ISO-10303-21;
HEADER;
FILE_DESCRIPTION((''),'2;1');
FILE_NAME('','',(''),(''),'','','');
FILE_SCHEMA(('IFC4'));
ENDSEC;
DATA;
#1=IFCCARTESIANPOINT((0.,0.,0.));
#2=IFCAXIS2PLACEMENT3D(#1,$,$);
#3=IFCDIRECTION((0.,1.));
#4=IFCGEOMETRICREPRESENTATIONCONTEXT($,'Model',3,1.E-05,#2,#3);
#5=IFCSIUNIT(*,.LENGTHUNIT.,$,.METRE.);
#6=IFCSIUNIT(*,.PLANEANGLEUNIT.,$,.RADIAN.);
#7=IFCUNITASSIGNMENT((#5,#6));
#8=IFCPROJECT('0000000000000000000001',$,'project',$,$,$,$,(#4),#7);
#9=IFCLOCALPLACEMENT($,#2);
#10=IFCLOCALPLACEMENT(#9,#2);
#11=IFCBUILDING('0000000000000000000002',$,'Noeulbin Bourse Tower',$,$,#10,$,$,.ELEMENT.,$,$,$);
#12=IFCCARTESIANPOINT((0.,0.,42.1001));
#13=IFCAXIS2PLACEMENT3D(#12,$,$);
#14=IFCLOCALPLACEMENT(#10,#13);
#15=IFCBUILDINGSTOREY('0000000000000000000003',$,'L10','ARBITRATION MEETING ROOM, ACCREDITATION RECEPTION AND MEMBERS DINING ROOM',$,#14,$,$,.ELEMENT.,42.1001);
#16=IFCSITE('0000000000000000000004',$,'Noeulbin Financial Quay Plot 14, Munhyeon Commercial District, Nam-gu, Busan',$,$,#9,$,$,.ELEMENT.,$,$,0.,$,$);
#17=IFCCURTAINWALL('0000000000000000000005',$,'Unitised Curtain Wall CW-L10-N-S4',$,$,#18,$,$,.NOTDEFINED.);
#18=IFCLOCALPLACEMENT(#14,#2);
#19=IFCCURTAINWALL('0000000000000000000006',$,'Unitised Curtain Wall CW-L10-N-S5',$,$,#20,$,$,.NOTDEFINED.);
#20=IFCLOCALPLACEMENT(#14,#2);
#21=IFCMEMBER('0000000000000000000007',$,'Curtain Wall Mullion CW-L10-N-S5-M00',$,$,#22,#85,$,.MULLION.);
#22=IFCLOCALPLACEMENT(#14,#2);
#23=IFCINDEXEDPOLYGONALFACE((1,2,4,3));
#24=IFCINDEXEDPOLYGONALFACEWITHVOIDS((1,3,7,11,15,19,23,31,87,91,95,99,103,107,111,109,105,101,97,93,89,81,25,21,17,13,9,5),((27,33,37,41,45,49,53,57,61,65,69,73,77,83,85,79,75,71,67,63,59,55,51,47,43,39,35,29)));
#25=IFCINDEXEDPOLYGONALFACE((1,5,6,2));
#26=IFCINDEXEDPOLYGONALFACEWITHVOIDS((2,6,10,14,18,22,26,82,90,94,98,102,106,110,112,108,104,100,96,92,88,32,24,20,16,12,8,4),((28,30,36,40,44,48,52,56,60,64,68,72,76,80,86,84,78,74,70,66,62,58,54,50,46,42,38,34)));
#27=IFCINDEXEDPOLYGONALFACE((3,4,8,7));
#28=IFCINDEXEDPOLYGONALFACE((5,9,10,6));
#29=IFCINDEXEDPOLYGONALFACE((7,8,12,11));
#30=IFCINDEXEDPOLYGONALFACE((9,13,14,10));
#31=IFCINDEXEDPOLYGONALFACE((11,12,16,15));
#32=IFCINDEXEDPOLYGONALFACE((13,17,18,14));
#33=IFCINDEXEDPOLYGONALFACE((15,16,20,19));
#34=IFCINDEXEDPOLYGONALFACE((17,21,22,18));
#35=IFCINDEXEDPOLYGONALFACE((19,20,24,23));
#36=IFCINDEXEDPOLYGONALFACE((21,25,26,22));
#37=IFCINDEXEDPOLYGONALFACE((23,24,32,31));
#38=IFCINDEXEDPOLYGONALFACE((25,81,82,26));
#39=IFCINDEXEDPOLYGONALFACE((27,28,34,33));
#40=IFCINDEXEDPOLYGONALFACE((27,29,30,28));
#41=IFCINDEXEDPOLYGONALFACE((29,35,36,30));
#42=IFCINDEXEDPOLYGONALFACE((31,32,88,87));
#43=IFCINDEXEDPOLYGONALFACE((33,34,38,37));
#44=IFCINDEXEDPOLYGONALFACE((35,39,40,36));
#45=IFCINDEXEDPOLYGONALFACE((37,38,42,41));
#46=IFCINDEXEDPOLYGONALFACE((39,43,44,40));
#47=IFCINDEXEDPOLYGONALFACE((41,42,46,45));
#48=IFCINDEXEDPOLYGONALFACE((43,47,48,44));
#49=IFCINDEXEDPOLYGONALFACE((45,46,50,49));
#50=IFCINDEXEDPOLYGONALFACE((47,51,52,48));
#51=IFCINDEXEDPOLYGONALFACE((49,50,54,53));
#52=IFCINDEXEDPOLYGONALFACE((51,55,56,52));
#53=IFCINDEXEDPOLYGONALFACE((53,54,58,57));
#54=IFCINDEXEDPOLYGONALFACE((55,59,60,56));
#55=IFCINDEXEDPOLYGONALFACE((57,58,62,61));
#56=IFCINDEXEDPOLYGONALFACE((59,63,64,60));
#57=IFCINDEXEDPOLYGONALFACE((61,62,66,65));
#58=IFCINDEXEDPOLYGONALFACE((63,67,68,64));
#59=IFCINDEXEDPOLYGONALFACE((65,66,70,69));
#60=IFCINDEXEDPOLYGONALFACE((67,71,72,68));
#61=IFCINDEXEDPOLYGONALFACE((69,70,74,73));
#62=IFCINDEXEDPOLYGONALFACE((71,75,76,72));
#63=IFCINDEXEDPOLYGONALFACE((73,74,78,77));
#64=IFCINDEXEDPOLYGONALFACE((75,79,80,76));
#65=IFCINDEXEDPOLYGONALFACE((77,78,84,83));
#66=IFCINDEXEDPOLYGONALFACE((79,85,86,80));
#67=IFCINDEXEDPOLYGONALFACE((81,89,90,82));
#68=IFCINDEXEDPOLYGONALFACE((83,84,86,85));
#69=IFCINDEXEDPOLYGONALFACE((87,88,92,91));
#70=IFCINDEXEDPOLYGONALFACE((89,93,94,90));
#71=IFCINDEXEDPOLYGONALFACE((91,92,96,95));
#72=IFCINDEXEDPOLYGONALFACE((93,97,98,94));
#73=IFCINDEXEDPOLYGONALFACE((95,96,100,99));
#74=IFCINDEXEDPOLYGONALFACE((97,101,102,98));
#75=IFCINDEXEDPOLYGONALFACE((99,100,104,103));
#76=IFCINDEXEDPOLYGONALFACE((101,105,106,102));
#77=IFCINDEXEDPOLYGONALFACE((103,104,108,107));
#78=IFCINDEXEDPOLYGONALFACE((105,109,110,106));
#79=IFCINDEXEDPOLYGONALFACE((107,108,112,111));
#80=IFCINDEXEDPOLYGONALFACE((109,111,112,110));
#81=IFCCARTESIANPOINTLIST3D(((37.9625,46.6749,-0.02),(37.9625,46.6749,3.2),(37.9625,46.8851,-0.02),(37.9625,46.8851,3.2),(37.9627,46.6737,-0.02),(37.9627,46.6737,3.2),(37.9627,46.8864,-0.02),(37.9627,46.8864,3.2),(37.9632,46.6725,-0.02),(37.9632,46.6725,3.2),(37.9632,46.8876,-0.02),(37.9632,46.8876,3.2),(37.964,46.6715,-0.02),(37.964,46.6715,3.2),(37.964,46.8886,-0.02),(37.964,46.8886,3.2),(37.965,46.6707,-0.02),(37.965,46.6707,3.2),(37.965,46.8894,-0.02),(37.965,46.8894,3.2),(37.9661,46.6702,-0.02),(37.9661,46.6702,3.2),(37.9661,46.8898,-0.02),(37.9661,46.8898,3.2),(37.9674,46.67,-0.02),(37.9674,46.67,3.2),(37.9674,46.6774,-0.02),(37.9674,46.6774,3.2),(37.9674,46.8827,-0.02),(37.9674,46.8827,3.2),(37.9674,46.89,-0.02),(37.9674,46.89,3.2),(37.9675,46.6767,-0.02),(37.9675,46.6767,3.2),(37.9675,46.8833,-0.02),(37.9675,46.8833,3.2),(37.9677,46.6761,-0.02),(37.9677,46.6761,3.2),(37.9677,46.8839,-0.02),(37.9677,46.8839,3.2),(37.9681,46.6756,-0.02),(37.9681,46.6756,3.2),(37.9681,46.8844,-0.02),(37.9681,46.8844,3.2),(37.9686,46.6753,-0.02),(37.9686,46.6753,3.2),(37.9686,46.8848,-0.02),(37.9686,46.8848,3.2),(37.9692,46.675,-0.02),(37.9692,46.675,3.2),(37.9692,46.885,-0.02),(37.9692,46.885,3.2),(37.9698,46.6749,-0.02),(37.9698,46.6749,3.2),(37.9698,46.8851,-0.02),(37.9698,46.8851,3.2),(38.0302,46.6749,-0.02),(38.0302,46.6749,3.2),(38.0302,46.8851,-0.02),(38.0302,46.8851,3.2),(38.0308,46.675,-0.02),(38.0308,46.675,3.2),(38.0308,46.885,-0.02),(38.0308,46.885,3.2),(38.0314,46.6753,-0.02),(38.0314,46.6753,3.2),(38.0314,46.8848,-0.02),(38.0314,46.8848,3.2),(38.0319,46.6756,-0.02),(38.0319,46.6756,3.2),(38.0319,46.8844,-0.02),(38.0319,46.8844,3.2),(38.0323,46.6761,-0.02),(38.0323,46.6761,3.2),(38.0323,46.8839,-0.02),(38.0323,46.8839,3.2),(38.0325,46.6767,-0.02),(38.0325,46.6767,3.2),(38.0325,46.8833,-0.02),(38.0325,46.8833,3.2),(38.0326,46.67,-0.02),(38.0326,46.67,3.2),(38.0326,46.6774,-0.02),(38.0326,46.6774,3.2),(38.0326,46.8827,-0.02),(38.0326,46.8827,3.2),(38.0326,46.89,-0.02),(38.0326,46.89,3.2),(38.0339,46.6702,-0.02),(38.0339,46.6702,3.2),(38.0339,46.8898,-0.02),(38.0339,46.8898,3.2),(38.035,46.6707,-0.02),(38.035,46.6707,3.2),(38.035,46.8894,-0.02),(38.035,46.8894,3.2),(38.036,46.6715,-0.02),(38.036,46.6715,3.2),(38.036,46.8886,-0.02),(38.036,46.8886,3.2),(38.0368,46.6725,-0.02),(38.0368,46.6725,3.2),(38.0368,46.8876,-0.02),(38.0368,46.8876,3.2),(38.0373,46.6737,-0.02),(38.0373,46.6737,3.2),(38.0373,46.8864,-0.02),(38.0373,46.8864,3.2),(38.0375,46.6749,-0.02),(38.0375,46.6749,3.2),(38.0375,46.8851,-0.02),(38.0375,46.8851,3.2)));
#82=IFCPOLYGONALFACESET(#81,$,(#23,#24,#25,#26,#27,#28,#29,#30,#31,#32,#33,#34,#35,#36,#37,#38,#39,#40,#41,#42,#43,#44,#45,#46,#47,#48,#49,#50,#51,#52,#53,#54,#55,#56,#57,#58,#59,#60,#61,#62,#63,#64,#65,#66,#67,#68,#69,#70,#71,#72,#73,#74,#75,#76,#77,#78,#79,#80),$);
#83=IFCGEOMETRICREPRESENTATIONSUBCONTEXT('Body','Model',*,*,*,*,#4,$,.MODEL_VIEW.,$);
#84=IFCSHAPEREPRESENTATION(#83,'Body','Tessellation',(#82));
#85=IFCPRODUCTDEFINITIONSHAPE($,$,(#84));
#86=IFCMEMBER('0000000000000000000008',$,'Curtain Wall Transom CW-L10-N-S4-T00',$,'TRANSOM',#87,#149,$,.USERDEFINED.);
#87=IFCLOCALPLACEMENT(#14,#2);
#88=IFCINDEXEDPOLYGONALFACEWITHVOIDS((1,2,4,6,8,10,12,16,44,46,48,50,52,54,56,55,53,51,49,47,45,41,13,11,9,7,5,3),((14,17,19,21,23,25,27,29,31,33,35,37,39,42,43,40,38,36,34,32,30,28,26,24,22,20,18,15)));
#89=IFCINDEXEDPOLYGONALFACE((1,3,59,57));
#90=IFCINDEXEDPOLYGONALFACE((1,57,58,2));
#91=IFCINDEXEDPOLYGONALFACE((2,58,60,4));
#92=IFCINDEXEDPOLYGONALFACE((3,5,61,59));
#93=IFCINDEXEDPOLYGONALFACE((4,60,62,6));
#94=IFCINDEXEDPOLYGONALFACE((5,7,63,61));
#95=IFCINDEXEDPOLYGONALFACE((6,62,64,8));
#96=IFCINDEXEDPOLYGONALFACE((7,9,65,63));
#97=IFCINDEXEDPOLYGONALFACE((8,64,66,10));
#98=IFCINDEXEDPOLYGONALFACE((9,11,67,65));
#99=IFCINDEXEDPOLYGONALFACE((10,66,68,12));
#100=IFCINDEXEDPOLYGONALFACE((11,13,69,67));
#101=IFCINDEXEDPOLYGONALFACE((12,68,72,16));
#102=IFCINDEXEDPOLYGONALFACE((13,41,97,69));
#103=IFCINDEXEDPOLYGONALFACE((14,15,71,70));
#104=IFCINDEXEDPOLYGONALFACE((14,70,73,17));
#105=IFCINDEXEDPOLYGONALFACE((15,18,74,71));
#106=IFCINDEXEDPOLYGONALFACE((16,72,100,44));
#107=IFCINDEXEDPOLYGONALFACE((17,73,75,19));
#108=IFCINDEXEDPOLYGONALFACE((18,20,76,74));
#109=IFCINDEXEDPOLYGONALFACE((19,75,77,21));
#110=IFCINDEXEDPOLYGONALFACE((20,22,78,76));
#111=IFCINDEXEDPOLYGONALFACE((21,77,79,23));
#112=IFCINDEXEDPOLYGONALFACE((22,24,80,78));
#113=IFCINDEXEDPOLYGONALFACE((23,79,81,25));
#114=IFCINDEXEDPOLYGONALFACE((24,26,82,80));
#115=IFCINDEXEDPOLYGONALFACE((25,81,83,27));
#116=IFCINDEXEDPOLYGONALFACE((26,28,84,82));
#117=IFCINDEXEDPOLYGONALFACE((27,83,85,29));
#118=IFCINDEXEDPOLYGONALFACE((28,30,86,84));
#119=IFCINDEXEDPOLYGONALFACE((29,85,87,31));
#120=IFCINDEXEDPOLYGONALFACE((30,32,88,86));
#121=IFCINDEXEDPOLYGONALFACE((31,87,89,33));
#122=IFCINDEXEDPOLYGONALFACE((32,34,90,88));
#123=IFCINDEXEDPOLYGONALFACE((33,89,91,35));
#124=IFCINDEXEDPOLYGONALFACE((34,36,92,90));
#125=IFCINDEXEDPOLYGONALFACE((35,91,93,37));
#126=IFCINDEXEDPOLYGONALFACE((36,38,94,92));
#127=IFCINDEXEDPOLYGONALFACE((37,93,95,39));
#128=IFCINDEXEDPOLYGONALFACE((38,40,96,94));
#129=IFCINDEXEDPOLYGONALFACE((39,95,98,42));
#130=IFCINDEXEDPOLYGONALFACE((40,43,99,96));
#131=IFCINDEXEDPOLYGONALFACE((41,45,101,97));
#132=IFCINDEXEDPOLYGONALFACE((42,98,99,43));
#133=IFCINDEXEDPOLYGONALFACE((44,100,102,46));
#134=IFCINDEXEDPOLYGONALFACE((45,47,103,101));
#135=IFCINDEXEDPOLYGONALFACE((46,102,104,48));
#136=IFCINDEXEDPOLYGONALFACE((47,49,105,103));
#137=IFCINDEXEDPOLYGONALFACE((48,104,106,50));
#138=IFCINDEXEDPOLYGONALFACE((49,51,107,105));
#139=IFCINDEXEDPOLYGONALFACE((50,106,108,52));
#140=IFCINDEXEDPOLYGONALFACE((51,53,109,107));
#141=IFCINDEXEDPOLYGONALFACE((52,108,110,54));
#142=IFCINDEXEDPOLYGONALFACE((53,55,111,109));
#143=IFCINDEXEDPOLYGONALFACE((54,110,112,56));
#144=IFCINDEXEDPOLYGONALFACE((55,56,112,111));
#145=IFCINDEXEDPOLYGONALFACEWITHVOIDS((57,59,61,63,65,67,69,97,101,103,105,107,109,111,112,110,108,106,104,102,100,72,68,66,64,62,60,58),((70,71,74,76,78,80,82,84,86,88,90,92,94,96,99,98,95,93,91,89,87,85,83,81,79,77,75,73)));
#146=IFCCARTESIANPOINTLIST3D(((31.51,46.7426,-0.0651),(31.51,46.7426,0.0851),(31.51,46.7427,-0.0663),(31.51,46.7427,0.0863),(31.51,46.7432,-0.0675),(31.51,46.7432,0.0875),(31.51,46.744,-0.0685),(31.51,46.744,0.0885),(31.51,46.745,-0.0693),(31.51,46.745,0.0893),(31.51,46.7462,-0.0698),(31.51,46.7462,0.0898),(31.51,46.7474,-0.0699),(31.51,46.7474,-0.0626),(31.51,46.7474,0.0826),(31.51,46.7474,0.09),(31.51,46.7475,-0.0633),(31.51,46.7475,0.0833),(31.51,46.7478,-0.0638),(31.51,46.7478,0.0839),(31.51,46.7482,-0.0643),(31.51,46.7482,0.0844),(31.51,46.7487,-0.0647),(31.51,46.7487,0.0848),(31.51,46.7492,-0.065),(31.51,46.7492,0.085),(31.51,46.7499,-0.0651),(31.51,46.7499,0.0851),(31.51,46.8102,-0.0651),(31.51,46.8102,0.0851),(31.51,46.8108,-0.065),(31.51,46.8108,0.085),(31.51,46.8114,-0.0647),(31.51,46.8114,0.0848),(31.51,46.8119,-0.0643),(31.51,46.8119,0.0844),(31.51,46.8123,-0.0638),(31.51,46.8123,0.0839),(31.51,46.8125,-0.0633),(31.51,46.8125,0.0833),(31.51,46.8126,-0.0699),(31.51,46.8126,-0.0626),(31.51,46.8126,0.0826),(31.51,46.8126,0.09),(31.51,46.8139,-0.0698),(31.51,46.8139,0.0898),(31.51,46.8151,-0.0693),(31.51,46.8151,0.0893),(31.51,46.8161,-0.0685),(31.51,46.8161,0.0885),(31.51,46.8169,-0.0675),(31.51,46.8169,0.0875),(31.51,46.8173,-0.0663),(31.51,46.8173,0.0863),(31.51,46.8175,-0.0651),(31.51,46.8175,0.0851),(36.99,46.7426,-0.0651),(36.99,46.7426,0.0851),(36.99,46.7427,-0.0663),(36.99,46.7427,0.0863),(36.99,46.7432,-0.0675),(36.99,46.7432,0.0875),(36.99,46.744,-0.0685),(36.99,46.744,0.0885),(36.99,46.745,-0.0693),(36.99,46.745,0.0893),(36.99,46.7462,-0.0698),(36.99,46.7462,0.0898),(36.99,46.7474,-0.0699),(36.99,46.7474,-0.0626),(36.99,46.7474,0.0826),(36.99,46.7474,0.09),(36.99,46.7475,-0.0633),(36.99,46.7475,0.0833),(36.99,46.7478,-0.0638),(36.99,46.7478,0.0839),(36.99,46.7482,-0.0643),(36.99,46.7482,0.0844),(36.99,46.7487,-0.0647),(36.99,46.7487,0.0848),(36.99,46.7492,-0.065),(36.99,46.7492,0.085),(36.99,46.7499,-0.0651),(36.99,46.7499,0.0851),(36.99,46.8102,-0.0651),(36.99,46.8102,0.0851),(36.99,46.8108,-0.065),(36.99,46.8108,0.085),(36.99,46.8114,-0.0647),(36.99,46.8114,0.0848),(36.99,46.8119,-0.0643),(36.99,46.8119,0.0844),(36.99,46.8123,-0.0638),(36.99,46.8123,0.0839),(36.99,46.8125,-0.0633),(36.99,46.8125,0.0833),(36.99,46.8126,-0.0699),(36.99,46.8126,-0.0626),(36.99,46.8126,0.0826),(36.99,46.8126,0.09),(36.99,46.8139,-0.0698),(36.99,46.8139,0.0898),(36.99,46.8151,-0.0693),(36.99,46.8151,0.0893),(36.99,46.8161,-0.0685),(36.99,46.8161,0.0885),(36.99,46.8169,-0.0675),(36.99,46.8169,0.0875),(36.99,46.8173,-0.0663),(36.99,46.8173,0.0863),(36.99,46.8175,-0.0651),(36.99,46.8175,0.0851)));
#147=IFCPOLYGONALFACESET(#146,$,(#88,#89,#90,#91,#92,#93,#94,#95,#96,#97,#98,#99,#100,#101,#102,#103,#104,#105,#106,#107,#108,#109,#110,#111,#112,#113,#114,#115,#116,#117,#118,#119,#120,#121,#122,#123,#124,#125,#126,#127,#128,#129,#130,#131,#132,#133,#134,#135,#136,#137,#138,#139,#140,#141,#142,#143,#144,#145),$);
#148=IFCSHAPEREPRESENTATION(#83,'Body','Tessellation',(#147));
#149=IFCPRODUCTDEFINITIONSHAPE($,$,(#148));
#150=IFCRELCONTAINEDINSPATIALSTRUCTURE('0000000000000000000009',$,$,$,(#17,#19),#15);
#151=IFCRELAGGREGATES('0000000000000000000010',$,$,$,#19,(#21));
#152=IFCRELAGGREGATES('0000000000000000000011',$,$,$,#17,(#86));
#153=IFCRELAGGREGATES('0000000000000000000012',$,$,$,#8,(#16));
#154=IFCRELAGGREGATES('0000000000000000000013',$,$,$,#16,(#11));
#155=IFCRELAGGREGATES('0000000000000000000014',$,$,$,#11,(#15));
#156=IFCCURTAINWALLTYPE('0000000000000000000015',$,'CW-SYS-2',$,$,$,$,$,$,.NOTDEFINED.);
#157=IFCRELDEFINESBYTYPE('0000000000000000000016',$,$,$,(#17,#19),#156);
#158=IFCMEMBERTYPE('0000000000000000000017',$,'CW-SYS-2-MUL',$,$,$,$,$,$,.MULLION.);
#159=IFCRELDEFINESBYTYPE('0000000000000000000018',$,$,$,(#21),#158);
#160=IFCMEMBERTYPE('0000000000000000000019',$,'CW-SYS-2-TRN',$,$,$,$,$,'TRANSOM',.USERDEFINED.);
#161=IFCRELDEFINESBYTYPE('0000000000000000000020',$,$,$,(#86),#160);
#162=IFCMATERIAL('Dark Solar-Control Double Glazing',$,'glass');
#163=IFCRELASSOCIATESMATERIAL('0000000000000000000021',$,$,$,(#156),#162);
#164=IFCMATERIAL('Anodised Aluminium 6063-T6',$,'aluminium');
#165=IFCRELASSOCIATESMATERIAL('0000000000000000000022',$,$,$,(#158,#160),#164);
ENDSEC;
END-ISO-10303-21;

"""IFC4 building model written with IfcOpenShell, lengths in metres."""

from ifc_helpers import new_model, si_unit, direction, frame, origin, origin_2d, place, context, subcontext, project, spatial, hollow_rectangle, extrude, material, material_profile, profile_set, type_object, element, aggregate, save


model = new_model("IFC4")

# Units and contexts
model_context = context("Model", 3, precision=1e-05, world=origin(), true_north=direction((0.0, 1.0)))
body_context = subcontext(model_context, "Body", "Model", "MODEL_VIEW")
ifc_project = project(units=[si_unit("LENGTHUNIT", "METRE"), si_unit("PLANEANGLEUNIT", "RADIAN")], contexts=[model_context])

# Site, building, storey
site_placement = place(None, origin())
site = spatial("IfcSite", under=ifc_project, at=site_placement, Name="Noeulbin Financial Quay Plot 14, Munhyeon Commercial District, Nam-gu, Busan", CompositionType="ELEMENT", RefElevation=0.0)
building_placement = place(site_placement, origin())
building = spatial("IfcBuilding", under=site, at=building_placement, Name="Noeulbin Bourse Tower", CompositionType="ELEMENT")
storey_placement = place(building_placement, frame((0.0, 0.0, 42.1001)))
storey = spatial("IfcBuildingStorey", under=building, at=storey_placement, Name="L10", Description="ARBITRATION MEETING ROOM, ACCREDITATION RECEPTION AND MEMBERS DINING ROOM", CompositionType="ELEMENT", Elevation=42.1001)

# Shared definitions
ifc_material_1 = material(Name="Dark Solar-Control Double Glazing", Category="glass")
curtain_wall_type = type_object("IfcCurtainWallType", Name="CW-SYS-2", PredefinedType="NOTDEFINED", material=ifc_material_1)
ifc_material_2 = material(Name="Anodised Aluminium 6063-T6", Category="aluminium")
ifc_material_profile_1 = material_profile(ifc_material_2, hollow_rectangle(XDim=0.075, YDim=0.22, WallThickness=0.0049, InnerFilletRadius=0.0024, OuterFilletRadius=0.0049, at=origin_2d()), Name="ALU-MULL-75x220x5", Category="LoadBearing")
ifc_profile_set_1 = profile_set([ifc_material_profile_1], Name="Anodised Aluminium 6063-T6")
member_type_1 = type_object("IfcMemberType", Name="CW-SYS-2-MUL", PredefinedType="MULLION", material=ifc_profile_set_1)

# Curtain wall
curtain_wall_1_placement = place(storey_placement, origin())
curtain_wall_1 = element("IfcCurtainWall", 1, at=curtain_wall_1_placement, inside=storey, type_object=curtain_wall_type, Name="Unitised Curtain Wall CW-L10-N-S4", PredefinedType="NOTDEFINED")

# Curtain wall, member
curtain_wall_2_placement = place(storey_placement, origin())
curtain_wall_2 = element("IfcCurtainWall", 2, at=curtain_wall_2_placement, inside=storey, type_object=curtain_wall_type, Name="Unitised Curtain Wall CW-L10-N-S5", PredefinedType="NOTDEFINED")
member_1_placement = place(storey_placement, frame((38.0, 46.78, -0.02), z_axis=(0.0, 0.0, 1.0), x_axis=(1.0, 0.0, 0.0)))
member_1 = element("IfcMember", 3, at=member_1_placement, type_object=member_type_1, Name="Curtain Wall Mullion CW-L10-N-S5-M00", PredefinedType="MULLION", context=body_context, shape_type="SweptSolid", body=[
    extrude(hollow_rectangle(XDim=0.075, YDim=0.22, WallThickness=0.0049, InnerFilletRadius=0.0024, OuterFilletRadius=0.0049, at=origin_2d()), origin(), (0.0, 0.0, 1.0), 3.22),
])

# Member
ifc_material_profile_2 = material_profile(ifc_material_2, hollow_rectangle(XDim=0.075, YDim=0.1599, WallThickness=0.0049, InnerFilletRadius=0.0024, OuterFilletRadius=0.0049, at=origin_2d()), Name="ALU-TRAN-75x160x5", Category="LoadBearing")
ifc_profile_set_2 = profile_set([ifc_material_profile_2], Name="Anodised Aluminium 6063-T6")
member_type_2 = type_object("IfcMemberType", Name="CW-SYS-2-TRN", ElementType="TRANSOM", PredefinedType="USERDEFINED", material=ifc_profile_set_2)
member_2_placement = place(storey_placement, frame((31.51, 46.78, 0.01), z_axis=(1.0, 0.0, 0.0), x_axis=(0.0, 1.0, 0.0)))
member_2 = element("IfcMember", 4, at=member_2_placement, type_object=member_type_2, Name="Curtain Wall Transom CW-L10-N-S4-T00", ObjectType="TRANSOM", PredefinedType="USERDEFINED", context=body_context, shape_type="SweptSolid", body=[
    extrude(hollow_rectangle(XDim=0.075, YDim=0.1599, WallThickness=0.0049, InnerFilletRadius=0.0024, OuterFilletRadius=0.0049, at=origin_2d()), origin(), (0.0, 0.0, 1.0), 5.48),
])
aggregate(curtain_wall_2, [member_1])

aggregate(curtain_wall_1, [member_2])

save(model, "model.ifc")
